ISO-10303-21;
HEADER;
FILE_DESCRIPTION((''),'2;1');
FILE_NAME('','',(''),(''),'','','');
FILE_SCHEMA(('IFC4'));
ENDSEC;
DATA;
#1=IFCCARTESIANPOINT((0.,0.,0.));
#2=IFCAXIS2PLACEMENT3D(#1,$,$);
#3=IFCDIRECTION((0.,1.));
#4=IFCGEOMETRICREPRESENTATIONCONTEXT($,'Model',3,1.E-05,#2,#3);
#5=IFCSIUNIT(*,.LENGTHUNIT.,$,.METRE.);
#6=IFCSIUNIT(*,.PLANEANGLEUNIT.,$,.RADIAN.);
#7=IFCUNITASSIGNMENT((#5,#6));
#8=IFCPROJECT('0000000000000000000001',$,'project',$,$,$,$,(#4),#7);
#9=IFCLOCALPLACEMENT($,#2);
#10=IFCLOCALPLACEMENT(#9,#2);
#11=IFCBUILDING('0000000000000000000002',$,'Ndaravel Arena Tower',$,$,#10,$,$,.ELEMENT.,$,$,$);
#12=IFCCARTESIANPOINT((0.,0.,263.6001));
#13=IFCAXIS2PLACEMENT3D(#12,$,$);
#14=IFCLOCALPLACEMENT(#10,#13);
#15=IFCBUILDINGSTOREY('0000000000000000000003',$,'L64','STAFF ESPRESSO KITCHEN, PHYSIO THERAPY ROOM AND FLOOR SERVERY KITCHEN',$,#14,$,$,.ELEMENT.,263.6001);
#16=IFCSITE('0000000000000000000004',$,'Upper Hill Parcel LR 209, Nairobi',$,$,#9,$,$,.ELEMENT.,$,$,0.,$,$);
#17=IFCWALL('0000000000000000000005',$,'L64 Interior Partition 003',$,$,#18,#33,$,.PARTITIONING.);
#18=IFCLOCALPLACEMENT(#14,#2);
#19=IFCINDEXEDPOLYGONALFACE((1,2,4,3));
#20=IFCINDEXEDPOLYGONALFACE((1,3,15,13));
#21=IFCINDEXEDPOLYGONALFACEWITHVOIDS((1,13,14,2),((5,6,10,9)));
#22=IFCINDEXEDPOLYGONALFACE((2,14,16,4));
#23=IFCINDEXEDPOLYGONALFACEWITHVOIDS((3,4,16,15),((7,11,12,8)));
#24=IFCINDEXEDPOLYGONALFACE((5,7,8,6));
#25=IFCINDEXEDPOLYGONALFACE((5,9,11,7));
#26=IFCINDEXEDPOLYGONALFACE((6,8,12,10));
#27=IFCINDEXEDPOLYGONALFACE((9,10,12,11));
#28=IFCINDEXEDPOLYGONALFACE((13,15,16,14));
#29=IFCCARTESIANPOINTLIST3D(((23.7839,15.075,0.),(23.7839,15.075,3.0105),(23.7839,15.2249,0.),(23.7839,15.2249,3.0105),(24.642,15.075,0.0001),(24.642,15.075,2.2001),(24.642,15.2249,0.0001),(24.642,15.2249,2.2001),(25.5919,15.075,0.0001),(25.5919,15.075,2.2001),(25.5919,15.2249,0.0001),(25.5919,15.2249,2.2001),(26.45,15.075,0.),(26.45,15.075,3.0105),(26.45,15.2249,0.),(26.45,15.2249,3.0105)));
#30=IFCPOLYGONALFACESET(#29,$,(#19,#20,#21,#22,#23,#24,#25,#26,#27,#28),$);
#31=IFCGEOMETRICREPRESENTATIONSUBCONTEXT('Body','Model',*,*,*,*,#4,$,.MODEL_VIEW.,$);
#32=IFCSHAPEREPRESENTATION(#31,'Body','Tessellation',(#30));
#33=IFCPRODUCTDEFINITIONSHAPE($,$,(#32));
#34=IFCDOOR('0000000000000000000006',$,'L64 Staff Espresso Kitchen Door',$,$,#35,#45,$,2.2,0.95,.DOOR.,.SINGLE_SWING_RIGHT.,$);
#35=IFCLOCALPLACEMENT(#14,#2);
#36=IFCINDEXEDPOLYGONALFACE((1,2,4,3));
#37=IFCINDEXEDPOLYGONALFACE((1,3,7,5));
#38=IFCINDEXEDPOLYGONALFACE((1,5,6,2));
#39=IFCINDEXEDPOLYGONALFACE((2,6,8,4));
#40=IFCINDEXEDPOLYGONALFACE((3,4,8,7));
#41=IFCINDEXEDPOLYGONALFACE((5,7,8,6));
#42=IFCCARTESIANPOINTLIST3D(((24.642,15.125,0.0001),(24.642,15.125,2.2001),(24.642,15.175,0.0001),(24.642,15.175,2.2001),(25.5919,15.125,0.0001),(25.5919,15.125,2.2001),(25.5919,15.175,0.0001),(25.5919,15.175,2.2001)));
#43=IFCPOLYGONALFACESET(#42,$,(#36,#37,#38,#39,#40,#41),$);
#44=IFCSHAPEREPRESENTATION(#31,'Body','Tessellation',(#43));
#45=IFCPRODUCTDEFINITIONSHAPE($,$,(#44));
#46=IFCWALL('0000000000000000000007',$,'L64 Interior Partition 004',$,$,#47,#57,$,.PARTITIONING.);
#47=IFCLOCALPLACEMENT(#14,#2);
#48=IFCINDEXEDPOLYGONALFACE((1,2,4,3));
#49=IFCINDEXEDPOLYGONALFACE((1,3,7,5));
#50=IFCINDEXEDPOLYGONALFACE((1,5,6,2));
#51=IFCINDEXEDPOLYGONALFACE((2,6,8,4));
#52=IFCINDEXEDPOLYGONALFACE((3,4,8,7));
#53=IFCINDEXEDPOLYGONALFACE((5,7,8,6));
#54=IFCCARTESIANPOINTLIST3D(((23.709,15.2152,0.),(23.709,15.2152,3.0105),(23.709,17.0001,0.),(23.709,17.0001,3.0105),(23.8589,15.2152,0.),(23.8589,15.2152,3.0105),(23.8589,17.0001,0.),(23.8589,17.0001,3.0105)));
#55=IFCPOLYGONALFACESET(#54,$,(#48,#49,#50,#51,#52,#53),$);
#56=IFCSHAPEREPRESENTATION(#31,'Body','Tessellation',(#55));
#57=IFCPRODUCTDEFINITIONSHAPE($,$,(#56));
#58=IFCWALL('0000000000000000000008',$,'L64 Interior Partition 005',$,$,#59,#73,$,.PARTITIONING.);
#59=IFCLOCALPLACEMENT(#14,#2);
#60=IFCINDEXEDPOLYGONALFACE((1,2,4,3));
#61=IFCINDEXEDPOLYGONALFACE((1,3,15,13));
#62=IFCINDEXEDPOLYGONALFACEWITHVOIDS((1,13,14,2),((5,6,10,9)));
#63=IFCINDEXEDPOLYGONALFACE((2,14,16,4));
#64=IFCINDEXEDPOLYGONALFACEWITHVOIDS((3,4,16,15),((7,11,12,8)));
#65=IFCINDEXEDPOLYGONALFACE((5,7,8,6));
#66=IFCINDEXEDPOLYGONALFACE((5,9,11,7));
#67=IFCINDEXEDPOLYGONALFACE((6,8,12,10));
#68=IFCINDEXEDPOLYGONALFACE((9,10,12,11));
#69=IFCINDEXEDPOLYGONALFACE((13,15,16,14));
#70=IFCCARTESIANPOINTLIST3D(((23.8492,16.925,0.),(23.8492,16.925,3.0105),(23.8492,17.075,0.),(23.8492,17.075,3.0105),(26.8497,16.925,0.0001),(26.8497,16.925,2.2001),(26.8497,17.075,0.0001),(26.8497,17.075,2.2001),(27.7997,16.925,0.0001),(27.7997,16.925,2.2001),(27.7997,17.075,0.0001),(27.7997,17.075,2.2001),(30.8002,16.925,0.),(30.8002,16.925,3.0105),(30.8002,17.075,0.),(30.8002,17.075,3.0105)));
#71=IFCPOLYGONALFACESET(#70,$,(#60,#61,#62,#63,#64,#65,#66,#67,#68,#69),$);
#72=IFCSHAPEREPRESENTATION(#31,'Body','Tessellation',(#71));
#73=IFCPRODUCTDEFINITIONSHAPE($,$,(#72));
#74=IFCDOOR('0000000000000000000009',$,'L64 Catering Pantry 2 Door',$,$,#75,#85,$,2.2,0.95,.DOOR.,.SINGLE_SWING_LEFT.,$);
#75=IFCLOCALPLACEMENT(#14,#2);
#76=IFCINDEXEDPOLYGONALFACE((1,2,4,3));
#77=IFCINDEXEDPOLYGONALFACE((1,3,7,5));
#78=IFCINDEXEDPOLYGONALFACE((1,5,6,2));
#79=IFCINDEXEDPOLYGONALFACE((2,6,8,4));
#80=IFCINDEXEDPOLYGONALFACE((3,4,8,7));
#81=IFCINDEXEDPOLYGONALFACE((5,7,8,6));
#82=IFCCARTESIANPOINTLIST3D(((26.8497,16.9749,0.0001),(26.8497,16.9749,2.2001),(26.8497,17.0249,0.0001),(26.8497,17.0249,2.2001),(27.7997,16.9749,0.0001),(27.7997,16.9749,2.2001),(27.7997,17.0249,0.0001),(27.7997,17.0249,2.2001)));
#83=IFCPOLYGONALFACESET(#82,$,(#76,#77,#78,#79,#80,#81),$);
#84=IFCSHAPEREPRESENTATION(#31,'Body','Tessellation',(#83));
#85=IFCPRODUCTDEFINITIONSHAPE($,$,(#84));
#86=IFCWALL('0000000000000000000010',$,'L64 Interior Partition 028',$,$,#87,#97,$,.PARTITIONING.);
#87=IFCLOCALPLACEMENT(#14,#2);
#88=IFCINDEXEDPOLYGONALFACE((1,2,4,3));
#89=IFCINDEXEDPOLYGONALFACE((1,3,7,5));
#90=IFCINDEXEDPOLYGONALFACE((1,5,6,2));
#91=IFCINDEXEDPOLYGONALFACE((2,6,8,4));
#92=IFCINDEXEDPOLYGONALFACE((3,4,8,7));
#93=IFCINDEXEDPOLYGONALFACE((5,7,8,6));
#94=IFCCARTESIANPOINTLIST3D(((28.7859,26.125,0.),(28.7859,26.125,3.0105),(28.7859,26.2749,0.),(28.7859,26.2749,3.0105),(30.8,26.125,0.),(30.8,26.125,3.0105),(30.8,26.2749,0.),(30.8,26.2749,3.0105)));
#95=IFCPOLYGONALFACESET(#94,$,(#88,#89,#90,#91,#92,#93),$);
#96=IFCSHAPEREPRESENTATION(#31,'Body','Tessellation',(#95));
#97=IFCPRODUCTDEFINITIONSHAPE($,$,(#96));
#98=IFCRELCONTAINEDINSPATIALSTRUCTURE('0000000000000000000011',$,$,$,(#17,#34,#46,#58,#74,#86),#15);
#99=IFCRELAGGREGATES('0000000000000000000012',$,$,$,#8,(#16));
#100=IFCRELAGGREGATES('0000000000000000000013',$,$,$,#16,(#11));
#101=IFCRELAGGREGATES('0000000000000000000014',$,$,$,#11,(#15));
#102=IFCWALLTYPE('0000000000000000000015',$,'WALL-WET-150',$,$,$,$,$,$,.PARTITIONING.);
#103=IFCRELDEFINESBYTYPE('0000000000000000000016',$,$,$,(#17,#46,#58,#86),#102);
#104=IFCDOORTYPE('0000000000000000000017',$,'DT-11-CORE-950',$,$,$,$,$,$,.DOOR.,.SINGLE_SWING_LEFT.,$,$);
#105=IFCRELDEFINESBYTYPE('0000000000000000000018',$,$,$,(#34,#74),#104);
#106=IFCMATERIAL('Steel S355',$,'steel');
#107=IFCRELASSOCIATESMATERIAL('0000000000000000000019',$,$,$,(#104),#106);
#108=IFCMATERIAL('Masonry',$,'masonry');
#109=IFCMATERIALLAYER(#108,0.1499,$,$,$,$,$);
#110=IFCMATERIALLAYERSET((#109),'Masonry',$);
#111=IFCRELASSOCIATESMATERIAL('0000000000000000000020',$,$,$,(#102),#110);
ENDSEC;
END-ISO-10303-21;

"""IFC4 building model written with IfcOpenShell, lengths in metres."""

from ifc_helpers import new_model, si_unit, direction, frame, frame_2d, origin, place, context, subcontext, project, spatial, rectangle, extrude, material, layer, layer_set, type_object, element, fill, save


model = new_model("IFC4")

# Units and contexts
model_context = context("Model", 3, precision=1e-05, world=origin(), true_north=direction((0.0, 1.0)))
body_context = subcontext(model_context, "Body", "Model", "MODEL_VIEW")
ifc_project = project(units=[si_unit("LENGTHUNIT", "METRE"), si_unit("PLANEANGLEUNIT", "RADIAN")], contexts=[model_context])

# Site, building, storey
site_placement = place(None, origin())
site = spatial("IfcSite", under=ifc_project, at=site_placement, Name="Upper Hill Parcel LR 209, Nairobi", CompositionType="ELEMENT", RefElevation=0.0)
building_placement = place(site_placement, origin())
building = spatial("IfcBuilding", under=site, at=building_placement, Name="Ndaravel Arena Tower", CompositionType="ELEMENT")
storey_placement = place(building_placement, frame((0.0, 0.0, 263.6001)))
storey = spatial("IfcBuildingStorey", under=building, at=storey_placement, Name="L64", Description="STAFF ESPRESSO KITCHEN, PHYSIO THERAPY ROOM AND FLOOR SERVERY KITCHEN", CompositionType="ELEMENT", Elevation=263.6001)

# Shared definitions
ifc_material_1 = material(Name="Steel S355", Category="steel")
door_type_1 = type_object("IfcDoorType", Name="DT-11-CORE-950", OperationType="SINGLE_SWING_LEFT", PredefinedType="DOOR", material=ifc_material_1)

# Wall, opening, door
ifc_material_2 = material(Name="Masonry", Category="masonry")
ifc_layer_1 = layer(ifc_material_2, 0.1499)
ifc_layer_set_1 = layer_set([ifc_layer_1], Name="Masonry")
wall_type_1 = type_object("IfcWallType", Name="WALL-WET-150", PredefinedType="PARTITIONING", material=ifc_layer_set_1)
wall_1_placement = place(storey_placement, frame((26.45, 15.1499, 0.0), z_axis=(0.0, 0.0, 1.0), x_axis=(-1.0, 0.0, 0.0)))
wall_1 = element("IfcWall", 1, at=wall_1_placement, inside=storey, type_object=wall_type_1, Name="L64 Interior Partition 003", PredefinedType="PARTITIONING", context=body_context, shape_type="SweptSolid", body=[
    extrude(rectangle(XDim=2.666, YDim=0.1499, at=frame_2d((1.333, 0.0))), origin(), (0.0, 0.0, 1.0), 3.0105),
])
opening_1_placement = place(wall_1_placement, frame((0.8579, 0.0, 0.0)))
opening_1 = element("IfcOpeningElement", 2, at=opening_1_placement, cuts=wall_1, PredefinedType="OPENING", context=body_context, shape_type="SweptSolid", body=[
    extrude(rectangle(XDim=0.95, YDim=2.2, at=frame_2d((0.4751, 1.1001))), frame((0.0, 0.075, 0.0), z_axis=(0.0, -1.0, 0.0), x_axis=(1.0, 0.0, 0.0)), (0.0, 0.0, 1.0), 0.1499),
])
door_1_placement = place(opening_1_placement, origin())
door_1 = element("IfcDoor", 3, at=door_1_placement, inside=storey, type_object=door_type_1, Name="L64 Staff Espresso Kitchen Door", OperationType="SINGLE_SWING_RIGHT", OverallHeight=2.2, OverallWidth=0.95, PredefinedType="DOOR", context=body_context, shape_type="SweptSolid", body=[
    extrude(rectangle(XDim=0.95, YDim=2.2, at=frame_2d((0.4751, 1.1001))), frame((0.0, 0.0249, 0.0), z_axis=(0.0, -1.0, 0.0), x_axis=(1.0, 0.0, 0.0)), (0.0, 0.0, 1.0), 0.05),
])
fill(opening_1, door_1)

# Wall
wall_2_placement = place(storey_placement, frame((23.7839, 15.2151, 0.0), z_axis=(0.0, 0.0, 1.0), x_axis=(0.0, 1.0, 0.0)))
element("IfcWall", 4, at=wall_2_placement, inside=storey, type_object=wall_type_1, Name="L64 Interior Partition 004", PredefinedType="PARTITIONING", context=body_context, shape_type="SweptSolid", body=[
    extrude(rectangle(XDim=1.7849, YDim=0.1499, at=frame_2d((0.8926, 0.0))), origin(), (0.0, 0.0, 1.0), 3.0105),
])

# Wall, opening, door
wall_3_placement = place(storey_placement, frame((23.8491, 17.0, 0.0), z_axis=(0.0, 0.0, 1.0), x_axis=(1.0, 0.0, 0.0)))
wall_3 = element("IfcWall", 5, at=wall_3_placement, inside=storey, type_object=wall_type_1, Name="L64 Interior Partition 005", PredefinedType="PARTITIONING", context=body_context, shape_type="SweptSolid", body=[
    extrude(rectangle(XDim=6.9509, YDim=0.1499, at=frame_2d((3.4756, 0.0))), origin(), (0.0, 0.0, 1.0), 3.0105),
])
opening_2_placement = place(wall_3_placement, frame((3.0005, 0.0, 0.0)))
opening_2 = element("IfcOpeningElement", 6, at=opening_2_placement, cuts=wall_3, PredefinedType="OPENING", context=body_context, shape_type="SweptSolid", body=[
    extrude(rectangle(XDim=0.95, YDim=2.2, at=frame_2d((0.4751, 1.1001))), frame((0.0, 0.075, 0.0), z_axis=(0.0, -1.0, 0.0), x_axis=(1.0, 0.0, 0.0)), (0.0, 0.0, 1.0), 0.1499),
])
door_2_placement = place(opening_2_placement, origin())
door_2 = element("IfcDoor", 7, at=door_2_placement, inside=storey, type_object=door_type_1, Name="L64 Catering Pantry 2 Door", OperationType="SINGLE_SWING_LEFT", OverallHeight=2.2, OverallWidth=0.95, PredefinedType="DOOR", context=body_context, shape_type="SweptSolid", body=[
    extrude(rectangle(XDim=0.95, YDim=2.2, at=frame_2d((0.4751, 1.1001))), frame((0.0, 0.0249, 0.0), z_axis=(0.0, -1.0, 0.0), x_axis=(1.0, 0.0, 0.0)), (0.0, 0.0, 1.0), 0.05),
])
fill(opening_2, door_2)

# Wall
wall_4_placement = place(storey_placement, frame((28.7859, 26.2, 0.0), z_axis=(0.0, 0.0, 1.0), x_axis=(1.0, 0.0, 0.0)))
element("IfcWall", 8, at=wall_4_placement, inside=storey, type_object=wall_type_1, Name="L64 Interior Partition 028", PredefinedType="PARTITIONING", context=body_context, shape_type="SweptSolid", body=[
    extrude(rectangle(XDim=2.0142, YDim=0.1499, at=frame_2d((1.0071, 0.0))), origin(), (0.0, 0.0, 1.0), 3.0105),
])

save(model, "model.ifc")
